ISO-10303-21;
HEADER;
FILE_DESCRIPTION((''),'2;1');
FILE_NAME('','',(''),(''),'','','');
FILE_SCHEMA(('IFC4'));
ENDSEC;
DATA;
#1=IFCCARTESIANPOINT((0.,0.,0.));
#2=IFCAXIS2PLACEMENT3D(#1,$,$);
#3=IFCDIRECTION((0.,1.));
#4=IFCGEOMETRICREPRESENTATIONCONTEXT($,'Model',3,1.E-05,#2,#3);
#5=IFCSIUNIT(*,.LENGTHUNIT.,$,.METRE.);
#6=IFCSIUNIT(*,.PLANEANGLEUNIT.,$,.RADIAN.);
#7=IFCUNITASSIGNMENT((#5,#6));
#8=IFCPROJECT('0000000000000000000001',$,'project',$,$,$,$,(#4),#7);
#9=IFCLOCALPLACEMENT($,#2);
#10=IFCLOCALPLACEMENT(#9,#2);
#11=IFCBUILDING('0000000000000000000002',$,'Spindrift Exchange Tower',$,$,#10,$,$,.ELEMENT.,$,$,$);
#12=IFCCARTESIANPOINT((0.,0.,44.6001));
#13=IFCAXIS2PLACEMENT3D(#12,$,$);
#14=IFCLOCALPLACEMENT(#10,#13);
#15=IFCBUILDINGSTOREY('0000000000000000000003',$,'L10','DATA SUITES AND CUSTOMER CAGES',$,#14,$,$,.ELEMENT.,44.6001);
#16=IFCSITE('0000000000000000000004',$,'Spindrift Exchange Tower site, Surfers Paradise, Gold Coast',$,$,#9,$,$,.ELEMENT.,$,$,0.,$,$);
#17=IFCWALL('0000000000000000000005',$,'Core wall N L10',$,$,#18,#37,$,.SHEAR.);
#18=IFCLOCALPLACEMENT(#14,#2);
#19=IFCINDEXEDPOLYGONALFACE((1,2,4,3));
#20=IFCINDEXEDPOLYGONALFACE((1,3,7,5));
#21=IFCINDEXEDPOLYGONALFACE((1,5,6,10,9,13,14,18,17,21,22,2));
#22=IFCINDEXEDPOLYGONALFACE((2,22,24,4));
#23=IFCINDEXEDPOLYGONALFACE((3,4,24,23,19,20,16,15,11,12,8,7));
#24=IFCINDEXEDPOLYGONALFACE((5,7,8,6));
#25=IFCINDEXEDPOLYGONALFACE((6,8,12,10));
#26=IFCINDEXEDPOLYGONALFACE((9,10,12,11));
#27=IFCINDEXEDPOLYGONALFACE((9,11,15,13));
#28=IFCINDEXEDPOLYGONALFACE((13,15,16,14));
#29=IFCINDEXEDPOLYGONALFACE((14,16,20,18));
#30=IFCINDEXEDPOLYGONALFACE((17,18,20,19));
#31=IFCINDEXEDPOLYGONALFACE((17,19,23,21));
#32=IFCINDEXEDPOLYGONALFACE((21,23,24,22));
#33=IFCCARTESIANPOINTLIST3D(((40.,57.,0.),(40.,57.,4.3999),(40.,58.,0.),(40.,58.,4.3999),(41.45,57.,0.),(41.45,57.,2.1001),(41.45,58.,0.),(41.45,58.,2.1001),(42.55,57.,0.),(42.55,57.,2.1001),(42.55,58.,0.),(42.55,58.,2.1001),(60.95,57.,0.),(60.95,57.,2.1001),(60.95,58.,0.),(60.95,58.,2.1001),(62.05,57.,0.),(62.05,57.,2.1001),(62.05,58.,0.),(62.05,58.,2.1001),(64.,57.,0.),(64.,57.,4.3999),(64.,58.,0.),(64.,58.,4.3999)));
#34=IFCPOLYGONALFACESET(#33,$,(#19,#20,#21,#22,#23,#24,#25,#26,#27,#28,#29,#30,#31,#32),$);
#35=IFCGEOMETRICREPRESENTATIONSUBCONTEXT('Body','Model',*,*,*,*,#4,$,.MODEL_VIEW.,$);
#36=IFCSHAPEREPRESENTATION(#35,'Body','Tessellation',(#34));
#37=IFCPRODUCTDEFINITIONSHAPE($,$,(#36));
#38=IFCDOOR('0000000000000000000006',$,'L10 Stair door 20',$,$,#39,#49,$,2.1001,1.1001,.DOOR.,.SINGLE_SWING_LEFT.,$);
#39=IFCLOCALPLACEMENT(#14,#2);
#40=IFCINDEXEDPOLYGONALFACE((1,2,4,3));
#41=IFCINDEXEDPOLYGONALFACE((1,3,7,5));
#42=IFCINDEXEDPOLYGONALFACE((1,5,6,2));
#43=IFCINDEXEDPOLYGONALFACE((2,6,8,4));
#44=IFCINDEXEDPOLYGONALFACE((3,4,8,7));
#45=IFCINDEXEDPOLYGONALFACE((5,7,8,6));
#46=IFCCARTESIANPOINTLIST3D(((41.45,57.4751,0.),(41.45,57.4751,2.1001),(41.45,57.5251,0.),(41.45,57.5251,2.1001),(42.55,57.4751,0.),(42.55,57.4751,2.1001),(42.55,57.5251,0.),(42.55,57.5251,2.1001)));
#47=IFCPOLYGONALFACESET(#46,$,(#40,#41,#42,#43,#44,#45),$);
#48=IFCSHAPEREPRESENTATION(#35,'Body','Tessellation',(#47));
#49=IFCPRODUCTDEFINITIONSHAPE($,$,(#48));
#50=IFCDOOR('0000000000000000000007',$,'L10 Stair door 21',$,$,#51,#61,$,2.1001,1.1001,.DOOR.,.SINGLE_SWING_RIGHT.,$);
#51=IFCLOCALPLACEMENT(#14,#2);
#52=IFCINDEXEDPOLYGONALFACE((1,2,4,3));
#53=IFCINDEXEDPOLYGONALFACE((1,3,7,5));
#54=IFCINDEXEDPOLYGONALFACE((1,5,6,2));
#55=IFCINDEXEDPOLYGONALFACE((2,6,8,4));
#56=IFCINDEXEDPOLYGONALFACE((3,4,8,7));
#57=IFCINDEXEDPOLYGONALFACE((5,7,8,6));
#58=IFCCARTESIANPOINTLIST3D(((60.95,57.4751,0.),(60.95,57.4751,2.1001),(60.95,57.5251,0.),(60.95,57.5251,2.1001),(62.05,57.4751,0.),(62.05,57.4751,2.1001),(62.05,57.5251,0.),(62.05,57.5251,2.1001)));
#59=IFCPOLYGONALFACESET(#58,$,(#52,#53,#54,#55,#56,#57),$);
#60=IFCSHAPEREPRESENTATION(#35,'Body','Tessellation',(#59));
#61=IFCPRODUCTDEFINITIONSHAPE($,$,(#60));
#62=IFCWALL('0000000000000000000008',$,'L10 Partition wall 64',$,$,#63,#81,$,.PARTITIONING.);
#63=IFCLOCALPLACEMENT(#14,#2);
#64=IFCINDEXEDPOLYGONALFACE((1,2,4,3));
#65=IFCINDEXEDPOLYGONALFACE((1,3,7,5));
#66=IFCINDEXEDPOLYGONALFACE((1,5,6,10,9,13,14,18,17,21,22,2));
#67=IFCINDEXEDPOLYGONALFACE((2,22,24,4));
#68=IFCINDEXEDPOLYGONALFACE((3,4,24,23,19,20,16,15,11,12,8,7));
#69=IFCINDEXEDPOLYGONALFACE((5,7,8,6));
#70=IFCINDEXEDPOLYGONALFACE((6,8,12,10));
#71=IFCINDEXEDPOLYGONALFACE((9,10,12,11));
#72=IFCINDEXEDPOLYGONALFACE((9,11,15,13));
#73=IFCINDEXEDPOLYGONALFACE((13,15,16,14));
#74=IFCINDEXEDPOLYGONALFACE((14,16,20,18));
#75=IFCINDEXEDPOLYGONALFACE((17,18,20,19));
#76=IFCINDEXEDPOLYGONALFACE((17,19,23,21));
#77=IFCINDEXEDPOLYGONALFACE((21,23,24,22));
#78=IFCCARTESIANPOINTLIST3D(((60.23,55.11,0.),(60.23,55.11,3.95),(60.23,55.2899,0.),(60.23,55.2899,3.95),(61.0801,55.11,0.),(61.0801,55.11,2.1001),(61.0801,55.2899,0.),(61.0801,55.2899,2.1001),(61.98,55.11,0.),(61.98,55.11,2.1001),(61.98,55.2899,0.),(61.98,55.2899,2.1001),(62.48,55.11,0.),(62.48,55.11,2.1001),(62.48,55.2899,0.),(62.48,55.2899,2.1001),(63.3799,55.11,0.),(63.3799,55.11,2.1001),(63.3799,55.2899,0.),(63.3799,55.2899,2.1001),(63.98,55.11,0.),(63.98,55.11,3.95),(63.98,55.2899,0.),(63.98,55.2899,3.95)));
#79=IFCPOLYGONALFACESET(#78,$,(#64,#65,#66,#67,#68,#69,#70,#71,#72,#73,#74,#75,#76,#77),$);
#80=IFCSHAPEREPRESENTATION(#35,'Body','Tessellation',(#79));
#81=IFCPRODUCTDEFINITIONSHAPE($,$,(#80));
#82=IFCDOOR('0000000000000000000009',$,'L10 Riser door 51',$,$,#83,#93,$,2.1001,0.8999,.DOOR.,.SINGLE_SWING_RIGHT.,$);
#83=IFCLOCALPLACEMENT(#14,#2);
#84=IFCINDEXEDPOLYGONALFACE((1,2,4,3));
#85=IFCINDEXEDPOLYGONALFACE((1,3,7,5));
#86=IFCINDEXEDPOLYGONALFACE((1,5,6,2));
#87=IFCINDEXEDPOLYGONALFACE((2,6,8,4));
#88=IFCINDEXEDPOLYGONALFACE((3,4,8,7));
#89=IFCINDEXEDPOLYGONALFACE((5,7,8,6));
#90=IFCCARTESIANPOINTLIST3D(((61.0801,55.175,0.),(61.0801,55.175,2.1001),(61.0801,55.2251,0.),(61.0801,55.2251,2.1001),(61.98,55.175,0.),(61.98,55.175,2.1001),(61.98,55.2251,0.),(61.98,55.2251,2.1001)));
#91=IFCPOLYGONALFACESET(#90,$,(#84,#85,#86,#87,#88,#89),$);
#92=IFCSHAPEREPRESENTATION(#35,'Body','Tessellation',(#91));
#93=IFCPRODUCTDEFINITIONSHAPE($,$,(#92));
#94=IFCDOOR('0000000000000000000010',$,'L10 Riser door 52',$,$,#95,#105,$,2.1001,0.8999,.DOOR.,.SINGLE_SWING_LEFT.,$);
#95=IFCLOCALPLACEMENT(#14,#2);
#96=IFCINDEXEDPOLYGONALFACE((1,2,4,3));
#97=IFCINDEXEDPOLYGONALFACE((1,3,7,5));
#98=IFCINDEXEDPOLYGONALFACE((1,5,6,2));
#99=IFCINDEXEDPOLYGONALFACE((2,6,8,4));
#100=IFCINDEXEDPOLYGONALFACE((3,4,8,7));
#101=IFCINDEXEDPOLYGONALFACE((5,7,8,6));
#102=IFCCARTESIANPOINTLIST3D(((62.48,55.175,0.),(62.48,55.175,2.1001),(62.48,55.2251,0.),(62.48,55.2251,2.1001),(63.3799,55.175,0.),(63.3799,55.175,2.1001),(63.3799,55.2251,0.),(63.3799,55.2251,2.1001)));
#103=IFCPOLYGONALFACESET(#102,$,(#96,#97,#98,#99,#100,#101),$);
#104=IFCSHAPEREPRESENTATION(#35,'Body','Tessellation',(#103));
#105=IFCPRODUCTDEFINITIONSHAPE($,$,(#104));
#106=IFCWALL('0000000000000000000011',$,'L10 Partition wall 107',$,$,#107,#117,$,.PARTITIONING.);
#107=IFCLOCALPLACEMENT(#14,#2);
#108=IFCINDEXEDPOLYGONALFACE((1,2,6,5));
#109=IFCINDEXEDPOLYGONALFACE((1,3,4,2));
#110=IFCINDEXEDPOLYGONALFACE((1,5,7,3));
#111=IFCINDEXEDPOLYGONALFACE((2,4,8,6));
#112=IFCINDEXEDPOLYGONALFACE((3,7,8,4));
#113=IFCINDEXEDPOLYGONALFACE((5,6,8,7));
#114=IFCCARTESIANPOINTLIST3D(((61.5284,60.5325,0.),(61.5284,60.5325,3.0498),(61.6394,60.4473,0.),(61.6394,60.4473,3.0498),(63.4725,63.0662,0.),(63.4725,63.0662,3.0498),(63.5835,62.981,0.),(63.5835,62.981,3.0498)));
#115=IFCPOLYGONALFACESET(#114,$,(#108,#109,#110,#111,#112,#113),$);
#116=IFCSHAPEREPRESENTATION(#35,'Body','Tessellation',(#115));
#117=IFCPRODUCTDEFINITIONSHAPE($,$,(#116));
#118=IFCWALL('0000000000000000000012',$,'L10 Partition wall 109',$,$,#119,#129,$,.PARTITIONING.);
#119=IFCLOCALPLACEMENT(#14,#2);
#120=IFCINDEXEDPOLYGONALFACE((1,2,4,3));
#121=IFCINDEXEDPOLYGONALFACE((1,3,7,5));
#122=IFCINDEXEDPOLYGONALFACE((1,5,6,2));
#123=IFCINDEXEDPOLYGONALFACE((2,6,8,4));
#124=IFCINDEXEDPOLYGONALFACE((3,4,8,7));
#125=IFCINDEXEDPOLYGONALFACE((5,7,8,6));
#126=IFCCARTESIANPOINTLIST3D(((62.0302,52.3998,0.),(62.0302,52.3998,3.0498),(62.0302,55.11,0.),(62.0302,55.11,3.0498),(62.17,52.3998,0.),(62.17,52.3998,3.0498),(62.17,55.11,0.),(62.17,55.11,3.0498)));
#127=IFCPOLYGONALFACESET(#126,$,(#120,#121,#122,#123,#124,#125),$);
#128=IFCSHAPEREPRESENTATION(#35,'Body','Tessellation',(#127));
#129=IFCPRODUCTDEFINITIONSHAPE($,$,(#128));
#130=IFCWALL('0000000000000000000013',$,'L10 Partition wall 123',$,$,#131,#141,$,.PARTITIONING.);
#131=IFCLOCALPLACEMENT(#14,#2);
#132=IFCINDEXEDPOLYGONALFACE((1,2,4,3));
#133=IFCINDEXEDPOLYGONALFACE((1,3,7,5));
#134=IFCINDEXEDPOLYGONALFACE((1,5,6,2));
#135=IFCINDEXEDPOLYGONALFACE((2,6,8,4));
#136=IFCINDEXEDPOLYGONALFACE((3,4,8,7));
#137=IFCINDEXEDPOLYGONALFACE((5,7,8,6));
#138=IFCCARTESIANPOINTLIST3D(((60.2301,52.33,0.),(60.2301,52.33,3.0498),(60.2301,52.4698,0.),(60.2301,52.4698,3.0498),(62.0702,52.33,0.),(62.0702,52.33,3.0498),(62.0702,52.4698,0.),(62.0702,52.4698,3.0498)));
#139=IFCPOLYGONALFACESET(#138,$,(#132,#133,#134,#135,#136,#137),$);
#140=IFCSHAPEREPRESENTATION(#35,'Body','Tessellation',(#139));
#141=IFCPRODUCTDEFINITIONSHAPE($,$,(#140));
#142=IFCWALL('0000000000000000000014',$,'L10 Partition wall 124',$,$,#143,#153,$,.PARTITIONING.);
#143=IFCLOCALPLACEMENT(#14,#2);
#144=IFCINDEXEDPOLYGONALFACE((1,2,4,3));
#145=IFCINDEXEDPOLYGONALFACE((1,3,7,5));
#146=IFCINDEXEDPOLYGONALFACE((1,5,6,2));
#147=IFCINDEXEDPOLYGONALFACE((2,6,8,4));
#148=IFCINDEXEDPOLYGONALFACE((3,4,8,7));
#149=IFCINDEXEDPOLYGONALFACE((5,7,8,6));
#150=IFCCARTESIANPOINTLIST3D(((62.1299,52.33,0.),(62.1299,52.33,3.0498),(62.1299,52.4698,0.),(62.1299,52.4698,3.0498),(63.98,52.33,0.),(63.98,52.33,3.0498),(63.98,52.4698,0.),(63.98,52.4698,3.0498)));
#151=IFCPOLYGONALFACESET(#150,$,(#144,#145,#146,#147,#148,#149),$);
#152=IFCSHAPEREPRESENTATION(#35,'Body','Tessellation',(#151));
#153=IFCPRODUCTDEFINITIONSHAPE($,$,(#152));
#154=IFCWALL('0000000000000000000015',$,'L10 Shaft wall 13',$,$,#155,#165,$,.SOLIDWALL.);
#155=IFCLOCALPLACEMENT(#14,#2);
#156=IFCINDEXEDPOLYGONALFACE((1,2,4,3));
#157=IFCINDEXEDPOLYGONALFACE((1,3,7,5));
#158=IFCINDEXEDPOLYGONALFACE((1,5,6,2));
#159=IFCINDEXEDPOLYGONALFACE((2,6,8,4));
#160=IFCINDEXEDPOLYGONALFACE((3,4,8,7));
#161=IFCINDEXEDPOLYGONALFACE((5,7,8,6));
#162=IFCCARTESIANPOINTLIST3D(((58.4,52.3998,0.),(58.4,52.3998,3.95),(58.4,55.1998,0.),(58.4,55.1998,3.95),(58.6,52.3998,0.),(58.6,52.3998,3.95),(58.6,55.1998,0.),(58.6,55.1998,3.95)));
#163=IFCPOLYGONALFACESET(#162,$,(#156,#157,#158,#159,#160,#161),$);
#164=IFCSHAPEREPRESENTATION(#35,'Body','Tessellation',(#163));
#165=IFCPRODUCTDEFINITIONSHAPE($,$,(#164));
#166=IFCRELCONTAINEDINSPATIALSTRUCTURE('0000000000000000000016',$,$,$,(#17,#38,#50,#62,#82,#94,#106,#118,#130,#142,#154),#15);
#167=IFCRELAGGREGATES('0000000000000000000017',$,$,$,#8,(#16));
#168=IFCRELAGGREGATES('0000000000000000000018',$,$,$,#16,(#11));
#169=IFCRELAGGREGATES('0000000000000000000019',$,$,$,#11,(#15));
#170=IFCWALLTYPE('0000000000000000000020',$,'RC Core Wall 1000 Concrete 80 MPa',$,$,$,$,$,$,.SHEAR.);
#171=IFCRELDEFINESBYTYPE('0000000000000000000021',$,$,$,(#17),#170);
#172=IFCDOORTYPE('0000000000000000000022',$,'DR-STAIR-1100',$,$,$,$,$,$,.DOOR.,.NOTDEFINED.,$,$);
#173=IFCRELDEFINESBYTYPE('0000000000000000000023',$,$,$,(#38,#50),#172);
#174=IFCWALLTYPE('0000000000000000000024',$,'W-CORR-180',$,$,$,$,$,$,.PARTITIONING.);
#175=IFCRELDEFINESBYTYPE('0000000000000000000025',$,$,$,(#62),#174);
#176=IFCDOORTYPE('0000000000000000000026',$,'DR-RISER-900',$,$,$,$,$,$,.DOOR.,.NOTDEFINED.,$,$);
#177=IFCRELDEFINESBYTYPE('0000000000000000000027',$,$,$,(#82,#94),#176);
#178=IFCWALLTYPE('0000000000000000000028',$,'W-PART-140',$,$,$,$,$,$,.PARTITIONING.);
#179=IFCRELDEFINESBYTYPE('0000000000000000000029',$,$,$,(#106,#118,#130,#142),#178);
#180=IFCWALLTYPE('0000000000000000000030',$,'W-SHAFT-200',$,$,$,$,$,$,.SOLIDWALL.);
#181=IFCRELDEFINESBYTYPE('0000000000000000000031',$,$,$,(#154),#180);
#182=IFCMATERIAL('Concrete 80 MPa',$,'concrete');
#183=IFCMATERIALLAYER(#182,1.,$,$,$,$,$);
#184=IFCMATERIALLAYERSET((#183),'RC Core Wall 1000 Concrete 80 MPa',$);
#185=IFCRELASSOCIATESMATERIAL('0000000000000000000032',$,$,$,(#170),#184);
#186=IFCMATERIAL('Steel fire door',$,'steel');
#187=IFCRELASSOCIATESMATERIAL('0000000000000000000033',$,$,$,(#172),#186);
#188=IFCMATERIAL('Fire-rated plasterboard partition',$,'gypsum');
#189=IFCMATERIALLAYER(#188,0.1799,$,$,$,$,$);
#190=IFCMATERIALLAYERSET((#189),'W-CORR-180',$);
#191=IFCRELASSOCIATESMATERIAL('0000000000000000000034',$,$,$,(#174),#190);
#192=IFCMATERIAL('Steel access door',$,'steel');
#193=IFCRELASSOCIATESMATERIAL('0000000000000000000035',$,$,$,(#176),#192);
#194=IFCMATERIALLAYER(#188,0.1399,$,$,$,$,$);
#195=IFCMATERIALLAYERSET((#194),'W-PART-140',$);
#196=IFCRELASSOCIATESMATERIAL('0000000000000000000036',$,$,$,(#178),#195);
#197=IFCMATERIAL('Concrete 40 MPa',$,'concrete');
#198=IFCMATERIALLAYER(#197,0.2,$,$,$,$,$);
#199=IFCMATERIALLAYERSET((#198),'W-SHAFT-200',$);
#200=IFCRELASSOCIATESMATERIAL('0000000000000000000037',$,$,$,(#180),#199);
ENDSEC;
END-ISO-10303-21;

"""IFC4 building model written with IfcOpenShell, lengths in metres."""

from ifc_helpers import new_model, si_unit, direction, frame, frame_2d, origin, place, context, subcontext, project, spatial, rectangle, extrude, source, transform, mapped, material, layer, layer_set, type_object, element, fill, save


model = new_model("IFC4")

# Units and contexts
model_context = context("Model", 3, precision=1e-05, world=origin(), true_north=direction((0.0, 1.0)))
body_context = subcontext(model_context, "Body", "Model", "MODEL_VIEW")
ifc_project = project(units=[si_unit("LENGTHUNIT", "METRE"), si_unit("PLANEANGLEUNIT", "RADIAN")], contexts=[model_context])

# Site, building, storey
site_placement = place(None, origin())
site = spatial("IfcSite", under=ifc_project, at=site_placement, Name="Spindrift Exchange Tower site, Surfers Paradise, Gold Coast", CompositionType="ELEMENT", RefElevation=0.0)
building_placement = place(site_placement, origin())
building = spatial("IfcBuilding", under=site, at=building_placement, Name="Spindrift Exchange Tower", CompositionType="ELEMENT")
storey_placement = place(building_placement, frame((0.0, 0.0, 44.6001)))
storey = spatial("IfcBuildingStorey", under=building, at=storey_placement, Name="L10", Description="DATA SUITES AND CUSTOMER CAGES", CompositionType="ELEMENT", Elevation=44.6001)

# Walls, openings, doors
ifc_material_1 = material(Name="Concrete 80 MPa", Category="concrete")
ifc_layer_1 = layer(ifc_material_1, 1.0)
ifc_layer_set_1 = layer_set([ifc_layer_1], Name="RC Core Wall 1000 Concrete 80 MPa")
wall_type_1 = type_object("IfcWallType", Name="RC Core Wall 1000 Concrete 80 MPa", PredefinedType="SHEAR", material=ifc_layer_set_1)
wall_1_placement = place(storey_placement, frame((64.0, 57.5, 0.0), z_axis=(0.0, 0.0, 1.0), x_axis=(-1.0, 0.0, 0.0)))
wall_1 = element("IfcWall", 1, at=wall_1_placement, inside=storey, type_object=wall_type_1, Name="Core wall N L10", PredefinedType="SHEAR", context=body_context, shape_type="SweptSolid", body=[
    extrude(rectangle(XDim=24.0, YDim=1.0, at=frame_2d((12.0, 0.0))), origin(), (0.0, 0.0, 1.0), 4.3999),
])
opening_1_placement = place(wall_1_placement, frame((21.45, 0.0, 0.0)))
opening_1 = element("IfcOpeningElement", 2, at=opening_1_placement, cuts=wall_1, PredefinedType="OPENING", context=body_context, shape_type="SweptSolid", body=[
    extrude(rectangle(XDim=1.1001, YDim=2.1001, at=frame_2d((0.55, 1.05))), frame((0.0, 0.51, 0.0), z_axis=(0.0, -1.0, 0.0), x_axis=(1.0, 0.0, 0.0)), (0.0, 0.0, 1.0), 1.02),
])
opening_2_placement = place(wall_1_placement, frame((1.95, 0.0, 0.0)))
opening_2 = element("IfcOpeningElement", 3, at=opening_2_placement, cuts=wall_1, PredefinedType="OPENING", context=body_context, shape_type="SweptSolid", body=[
    extrude(rectangle(XDim=1.1001, YDim=2.1001, at=frame_2d((0.55, 1.05))), frame((0.0, 0.51, 0.0), z_axis=(0.0, -1.0, 0.0), x_axis=(1.0, 0.0, 0.0)), (0.0, 0.0, 1.0), 1.02),
])
ifc_material_2 = material(Name="Steel fire door", Category="steel")
door_type_1 = type_object("IfcDoorType", Name="DR-STAIR-1100", OperationType="NOTDEFINED", PredefinedType="DOOR", material=ifc_material_2)
shared_shape_1 = source(origin(), body_context, "Body", "SweptSolid", [
    extrude(rectangle(XDim=1.1001, YDim=2.1001, at=frame_2d((0.55, 1.05))), frame((0.0, 0.0249, 0.0), z_axis=(0.0, -1.0, 0.0), x_axis=(1.0, 0.0, 0.0)), (0.0, 0.0, 1.0), 0.05),
])
door_1_placement = place(opening_1_placement, origin())
door_1 = element("IfcDoor", 4, at=door_1_placement, inside=storey, type_object=door_type_1, Name="L10 Stair door 20", OperationType="SINGLE_SWING_LEFT", OverallHeight=2.1001, OverallWidth=1.1001, PredefinedType="DOOR", context=body_context, shape_type="MappedRepresentation", body=[
    mapped(shared_shape_1, transform((0.0, 0.0, 0.0), scale=1.0)),
])
fill(opening_1, door_1)
door_2_placement = place(opening_2_placement, origin())
door_2 = element("IfcDoor", 5, at=door_2_placement, inside=storey, type_object=door_type_1, Name="L10 Stair door 21", OperationType="SINGLE_SWING_RIGHT", OverallHeight=2.1001, OverallWidth=1.1001, PredefinedType="DOOR", context=body_context, shape_type="MappedRepresentation", body=[
    mapped(shared_shape_1, transform((0.0, 0.0, 0.0), scale=1.0)),
])
fill(opening_2, door_2)
ifc_material_3 = material(Name="Fire-rated plasterboard partition", Category="gypsum")
ifc_layer_2 = layer(ifc_material_3, 0.1799)
ifc_layer_set_2 = layer_set([ifc_layer_2], Name="W-CORR-180")
wall_type_2 = type_object("IfcWallType", Name="W-CORR-180", PredefinedType="PARTITIONING", material=ifc_layer_set_2)
wall_2_placement = place(storey_placement, frame((63.98, 55.2, 0.0), z_axis=(0.0, 0.0, 1.0), x_axis=(-1.0, 0.0, 0.0)))
wall_2 = element("IfcWall", 6, at=wall_2_placement, inside=storey, type_object=wall_type_2, Name="L10 Partition wall 64", PredefinedType="PARTITIONING", context=body_context, shape_type="SweptSolid", body=[
    extrude(rectangle(XDim=3.75, YDim=0.1799, at=frame_2d((1.875, 0.0))), origin(), (0.0, 0.0, 1.0), 3.95),
])
opening_3_placement = place(wall_2_placement, frame((2.0, 0.0, 0.0)))
opening_3 = element("IfcOpeningElement", 7, at=opening_3_placement, cuts=wall_2, PredefinedType="OPENING", context=body_context, shape_type="SweptSolid", body=[
    extrude(rectangle(XDim=0.8999, YDim=2.1001, at=frame_2d((0.45, 1.05))), frame((0.0, 0.0999, 0.0), z_axis=(0.0, -1.0, 0.0), x_axis=(1.0, 0.0, 0.0)), (0.0, 0.0, 1.0), 0.2),
])
opening_4_placement = place(wall_2_placement, frame((0.6001, 0.0, 0.0)))
opening_4 = element("IfcOpeningElement", 8, at=opening_4_placement, cuts=wall_2, PredefinedType="OPENING", context=body_context, shape_type="SweptSolid", body=[
    extrude(rectangle(XDim=0.8999, YDim=2.1001, at=frame_2d((0.45, 1.05))), frame((0.0, 0.0999, 0.0), z_axis=(0.0, -1.0, 0.0), x_axis=(1.0, 0.0, 0.0)), (0.0, 0.0, 1.0), 0.2),
])
ifc_material_4 = material(Name="Steel access door", Category="steel")
door_type_2 = type_object("IfcDoorType", Name="DR-RISER-900", OperationType="NOTDEFINED", PredefinedType="DOOR", material=ifc_material_4)
shared_shape_2 = source(origin(), body_context, "Body", "SweptSolid", [
    extrude(rectangle(XDim=0.8999, YDim=2.1001, at=frame_2d((0.45, 1.05))), frame((0.0, 0.0249, 0.0), z_axis=(0.0, -1.0, 0.0), x_axis=(1.0, 0.0, 0.0)), (0.0, 0.0, 1.0), 0.05),
])
door_3_placement = place(opening_3_placement, origin())
door_3 = element("IfcDoor", 9, at=door_3_placement, inside=storey, type_object=door_type_2, Name="L10 Riser door 51", OperationType="SINGLE_SWING_RIGHT", OverallHeight=2.1001, OverallWidth=0.8999, PredefinedType="DOOR", context=body_context, shape_type="MappedRepresentation", body=[
    mapped(shared_shape_2, transform((0.0, 0.0, 0.0), scale=1.0)),
])
fill(opening_3, door_3)
door_4_placement = place(opening_4_placement, origin())
door_4 = element("IfcDoor", 10, at=door_4_placement, inside=storey, type_object=door_type_2, Name="L10 Riser door 52", OperationType="SINGLE_SWING_LEFT", OverallHeight=2.1001, OverallWidth=0.8999, PredefinedType="DOOR", context=body_context, shape_type="MappedRepresentation", body=[
    mapped(shared_shape_2, transform((0.0, 0.0, 0.0), scale=1.0)),
])
fill(opening_4, door_4)

# Walls
ifc_layer_3 = layer(ifc_material_3, 0.1399)
ifc_layer_set_3 = layer_set([ifc_layer_3], Name="W-PART-140")
wall_type_3 = type_object("IfcWallType", Name="W-PART-140", PredefinedType="PARTITIONING", material=ifc_layer_set_3)
wall_3_placement = place(storey_placement, frame((61.584, 60.49, 0.0), z_axis=(0.0, 0.0, 1.0), x_axis=(0.608746, 0.793365, 0.0)))
element("IfcWall", 11, at=wall_3_placement, inside=storey, type_object=wall_type_3, Name="L10 Partition wall 107", PredefinedType="PARTITIONING", context=body_context, shape_type="SweptSolid", body=[
    extrude(rectangle(XDim=3.1936, YDim=0.1399, at=frame_2d((1.5967, 0.0))), origin(), (0.0, 0.0, 1.0), 3.0498),
])
wall_4_placement = place(storey_placement, frame((62.1001, 52.3999, 0.0), z_axis=(0.0, 0.0, 1.0), x_axis=(0.0, 1.0, 0.0)))
element("IfcWall", 12, at=wall_4_placement, inside=storey, type_object=wall_type_3, Name="L10 Partition wall 109", PredefinedType="PARTITIONING", context=body_context, shape_type="SweptSolid", body=[
    extrude(rectangle(XDim=2.7102, YDim=0.1399, at=frame_2d((1.355, 0.0))), origin(), (0.0, 0.0, 1.0), 3.0498),
])
wall_5_placement = place(storey_placement, frame((62.0701, 52.3999, 0.0), z_axis=(0.0, 0.0, 1.0), x_axis=(-1.0, 0.0, 0.0)))
element("IfcWall", 13, at=wall_5_placement, inside=storey, type_object=wall_type_3, Name="L10 Partition wall 123", PredefinedType="PARTITIONING", context=body_context, shape_type="SweptSolid", body=[
    extrude(rectangle(XDim=1.8401, YDim=0.1399, at=frame_2d((0.9199, 0.0))), origin(), (0.0, 0.0, 1.0), 3.0498),
])
wall_6_placement = place(storey_placement, frame((63.98, 52.3999, 0.0), z_axis=(0.0, 0.0, 1.0), x_axis=(-1.0, 0.0, 0.0)))
element("IfcWall", 14, at=wall_6_placement, inside=storey, type_object=wall_type_3, Name="L10 Partition wall 124", PredefinedType="PARTITIONING", context=body_context, shape_type="SweptSolid", body=[
    extrude(rectangle(XDim=1.8501, YDim=0.1399, at=frame_2d((0.925, 0.0))), origin(), (0.0, 0.0, 1.0), 3.0498),
])
ifc_material_5 = material(Name="Concrete 40 MPa", Category="concrete")
ifc_layer_4 = layer(ifc_material_5, 0.2)
ifc_layer_set_4 = layer_set([ifc_layer_4], Name="W-SHAFT-200")
wall_type_4 = type_object("IfcWallType", Name="W-SHAFT-200", PredefinedType="SOLIDWALL", material=ifc_layer_set_4)
for number, where, z_axis, x_axis, name in (
    (15, (58.5, 52.3999, 0.0), (0.0, 0.0, 1.0), (0.0, 1.0, 0.0), "L10 Shaft wall 13"),
):
    element("IfcWall", number, at=place(storey_placement, frame(where, z_axis=z_axis, x_axis=x_axis)), inside=storey, type_object=wall_type_4, Name=name, PredefinedType="SOLIDWALL", context=body_context, shape_type="SweptSolid", body=[
        extrude(rectangle(XDim=2.8, YDim=0.2, at=frame_2d((1.3999, 0.0))), origin(), (0.0, 0.0, 1.0), 3.95),
    ])

save(model, "model.ifc")
